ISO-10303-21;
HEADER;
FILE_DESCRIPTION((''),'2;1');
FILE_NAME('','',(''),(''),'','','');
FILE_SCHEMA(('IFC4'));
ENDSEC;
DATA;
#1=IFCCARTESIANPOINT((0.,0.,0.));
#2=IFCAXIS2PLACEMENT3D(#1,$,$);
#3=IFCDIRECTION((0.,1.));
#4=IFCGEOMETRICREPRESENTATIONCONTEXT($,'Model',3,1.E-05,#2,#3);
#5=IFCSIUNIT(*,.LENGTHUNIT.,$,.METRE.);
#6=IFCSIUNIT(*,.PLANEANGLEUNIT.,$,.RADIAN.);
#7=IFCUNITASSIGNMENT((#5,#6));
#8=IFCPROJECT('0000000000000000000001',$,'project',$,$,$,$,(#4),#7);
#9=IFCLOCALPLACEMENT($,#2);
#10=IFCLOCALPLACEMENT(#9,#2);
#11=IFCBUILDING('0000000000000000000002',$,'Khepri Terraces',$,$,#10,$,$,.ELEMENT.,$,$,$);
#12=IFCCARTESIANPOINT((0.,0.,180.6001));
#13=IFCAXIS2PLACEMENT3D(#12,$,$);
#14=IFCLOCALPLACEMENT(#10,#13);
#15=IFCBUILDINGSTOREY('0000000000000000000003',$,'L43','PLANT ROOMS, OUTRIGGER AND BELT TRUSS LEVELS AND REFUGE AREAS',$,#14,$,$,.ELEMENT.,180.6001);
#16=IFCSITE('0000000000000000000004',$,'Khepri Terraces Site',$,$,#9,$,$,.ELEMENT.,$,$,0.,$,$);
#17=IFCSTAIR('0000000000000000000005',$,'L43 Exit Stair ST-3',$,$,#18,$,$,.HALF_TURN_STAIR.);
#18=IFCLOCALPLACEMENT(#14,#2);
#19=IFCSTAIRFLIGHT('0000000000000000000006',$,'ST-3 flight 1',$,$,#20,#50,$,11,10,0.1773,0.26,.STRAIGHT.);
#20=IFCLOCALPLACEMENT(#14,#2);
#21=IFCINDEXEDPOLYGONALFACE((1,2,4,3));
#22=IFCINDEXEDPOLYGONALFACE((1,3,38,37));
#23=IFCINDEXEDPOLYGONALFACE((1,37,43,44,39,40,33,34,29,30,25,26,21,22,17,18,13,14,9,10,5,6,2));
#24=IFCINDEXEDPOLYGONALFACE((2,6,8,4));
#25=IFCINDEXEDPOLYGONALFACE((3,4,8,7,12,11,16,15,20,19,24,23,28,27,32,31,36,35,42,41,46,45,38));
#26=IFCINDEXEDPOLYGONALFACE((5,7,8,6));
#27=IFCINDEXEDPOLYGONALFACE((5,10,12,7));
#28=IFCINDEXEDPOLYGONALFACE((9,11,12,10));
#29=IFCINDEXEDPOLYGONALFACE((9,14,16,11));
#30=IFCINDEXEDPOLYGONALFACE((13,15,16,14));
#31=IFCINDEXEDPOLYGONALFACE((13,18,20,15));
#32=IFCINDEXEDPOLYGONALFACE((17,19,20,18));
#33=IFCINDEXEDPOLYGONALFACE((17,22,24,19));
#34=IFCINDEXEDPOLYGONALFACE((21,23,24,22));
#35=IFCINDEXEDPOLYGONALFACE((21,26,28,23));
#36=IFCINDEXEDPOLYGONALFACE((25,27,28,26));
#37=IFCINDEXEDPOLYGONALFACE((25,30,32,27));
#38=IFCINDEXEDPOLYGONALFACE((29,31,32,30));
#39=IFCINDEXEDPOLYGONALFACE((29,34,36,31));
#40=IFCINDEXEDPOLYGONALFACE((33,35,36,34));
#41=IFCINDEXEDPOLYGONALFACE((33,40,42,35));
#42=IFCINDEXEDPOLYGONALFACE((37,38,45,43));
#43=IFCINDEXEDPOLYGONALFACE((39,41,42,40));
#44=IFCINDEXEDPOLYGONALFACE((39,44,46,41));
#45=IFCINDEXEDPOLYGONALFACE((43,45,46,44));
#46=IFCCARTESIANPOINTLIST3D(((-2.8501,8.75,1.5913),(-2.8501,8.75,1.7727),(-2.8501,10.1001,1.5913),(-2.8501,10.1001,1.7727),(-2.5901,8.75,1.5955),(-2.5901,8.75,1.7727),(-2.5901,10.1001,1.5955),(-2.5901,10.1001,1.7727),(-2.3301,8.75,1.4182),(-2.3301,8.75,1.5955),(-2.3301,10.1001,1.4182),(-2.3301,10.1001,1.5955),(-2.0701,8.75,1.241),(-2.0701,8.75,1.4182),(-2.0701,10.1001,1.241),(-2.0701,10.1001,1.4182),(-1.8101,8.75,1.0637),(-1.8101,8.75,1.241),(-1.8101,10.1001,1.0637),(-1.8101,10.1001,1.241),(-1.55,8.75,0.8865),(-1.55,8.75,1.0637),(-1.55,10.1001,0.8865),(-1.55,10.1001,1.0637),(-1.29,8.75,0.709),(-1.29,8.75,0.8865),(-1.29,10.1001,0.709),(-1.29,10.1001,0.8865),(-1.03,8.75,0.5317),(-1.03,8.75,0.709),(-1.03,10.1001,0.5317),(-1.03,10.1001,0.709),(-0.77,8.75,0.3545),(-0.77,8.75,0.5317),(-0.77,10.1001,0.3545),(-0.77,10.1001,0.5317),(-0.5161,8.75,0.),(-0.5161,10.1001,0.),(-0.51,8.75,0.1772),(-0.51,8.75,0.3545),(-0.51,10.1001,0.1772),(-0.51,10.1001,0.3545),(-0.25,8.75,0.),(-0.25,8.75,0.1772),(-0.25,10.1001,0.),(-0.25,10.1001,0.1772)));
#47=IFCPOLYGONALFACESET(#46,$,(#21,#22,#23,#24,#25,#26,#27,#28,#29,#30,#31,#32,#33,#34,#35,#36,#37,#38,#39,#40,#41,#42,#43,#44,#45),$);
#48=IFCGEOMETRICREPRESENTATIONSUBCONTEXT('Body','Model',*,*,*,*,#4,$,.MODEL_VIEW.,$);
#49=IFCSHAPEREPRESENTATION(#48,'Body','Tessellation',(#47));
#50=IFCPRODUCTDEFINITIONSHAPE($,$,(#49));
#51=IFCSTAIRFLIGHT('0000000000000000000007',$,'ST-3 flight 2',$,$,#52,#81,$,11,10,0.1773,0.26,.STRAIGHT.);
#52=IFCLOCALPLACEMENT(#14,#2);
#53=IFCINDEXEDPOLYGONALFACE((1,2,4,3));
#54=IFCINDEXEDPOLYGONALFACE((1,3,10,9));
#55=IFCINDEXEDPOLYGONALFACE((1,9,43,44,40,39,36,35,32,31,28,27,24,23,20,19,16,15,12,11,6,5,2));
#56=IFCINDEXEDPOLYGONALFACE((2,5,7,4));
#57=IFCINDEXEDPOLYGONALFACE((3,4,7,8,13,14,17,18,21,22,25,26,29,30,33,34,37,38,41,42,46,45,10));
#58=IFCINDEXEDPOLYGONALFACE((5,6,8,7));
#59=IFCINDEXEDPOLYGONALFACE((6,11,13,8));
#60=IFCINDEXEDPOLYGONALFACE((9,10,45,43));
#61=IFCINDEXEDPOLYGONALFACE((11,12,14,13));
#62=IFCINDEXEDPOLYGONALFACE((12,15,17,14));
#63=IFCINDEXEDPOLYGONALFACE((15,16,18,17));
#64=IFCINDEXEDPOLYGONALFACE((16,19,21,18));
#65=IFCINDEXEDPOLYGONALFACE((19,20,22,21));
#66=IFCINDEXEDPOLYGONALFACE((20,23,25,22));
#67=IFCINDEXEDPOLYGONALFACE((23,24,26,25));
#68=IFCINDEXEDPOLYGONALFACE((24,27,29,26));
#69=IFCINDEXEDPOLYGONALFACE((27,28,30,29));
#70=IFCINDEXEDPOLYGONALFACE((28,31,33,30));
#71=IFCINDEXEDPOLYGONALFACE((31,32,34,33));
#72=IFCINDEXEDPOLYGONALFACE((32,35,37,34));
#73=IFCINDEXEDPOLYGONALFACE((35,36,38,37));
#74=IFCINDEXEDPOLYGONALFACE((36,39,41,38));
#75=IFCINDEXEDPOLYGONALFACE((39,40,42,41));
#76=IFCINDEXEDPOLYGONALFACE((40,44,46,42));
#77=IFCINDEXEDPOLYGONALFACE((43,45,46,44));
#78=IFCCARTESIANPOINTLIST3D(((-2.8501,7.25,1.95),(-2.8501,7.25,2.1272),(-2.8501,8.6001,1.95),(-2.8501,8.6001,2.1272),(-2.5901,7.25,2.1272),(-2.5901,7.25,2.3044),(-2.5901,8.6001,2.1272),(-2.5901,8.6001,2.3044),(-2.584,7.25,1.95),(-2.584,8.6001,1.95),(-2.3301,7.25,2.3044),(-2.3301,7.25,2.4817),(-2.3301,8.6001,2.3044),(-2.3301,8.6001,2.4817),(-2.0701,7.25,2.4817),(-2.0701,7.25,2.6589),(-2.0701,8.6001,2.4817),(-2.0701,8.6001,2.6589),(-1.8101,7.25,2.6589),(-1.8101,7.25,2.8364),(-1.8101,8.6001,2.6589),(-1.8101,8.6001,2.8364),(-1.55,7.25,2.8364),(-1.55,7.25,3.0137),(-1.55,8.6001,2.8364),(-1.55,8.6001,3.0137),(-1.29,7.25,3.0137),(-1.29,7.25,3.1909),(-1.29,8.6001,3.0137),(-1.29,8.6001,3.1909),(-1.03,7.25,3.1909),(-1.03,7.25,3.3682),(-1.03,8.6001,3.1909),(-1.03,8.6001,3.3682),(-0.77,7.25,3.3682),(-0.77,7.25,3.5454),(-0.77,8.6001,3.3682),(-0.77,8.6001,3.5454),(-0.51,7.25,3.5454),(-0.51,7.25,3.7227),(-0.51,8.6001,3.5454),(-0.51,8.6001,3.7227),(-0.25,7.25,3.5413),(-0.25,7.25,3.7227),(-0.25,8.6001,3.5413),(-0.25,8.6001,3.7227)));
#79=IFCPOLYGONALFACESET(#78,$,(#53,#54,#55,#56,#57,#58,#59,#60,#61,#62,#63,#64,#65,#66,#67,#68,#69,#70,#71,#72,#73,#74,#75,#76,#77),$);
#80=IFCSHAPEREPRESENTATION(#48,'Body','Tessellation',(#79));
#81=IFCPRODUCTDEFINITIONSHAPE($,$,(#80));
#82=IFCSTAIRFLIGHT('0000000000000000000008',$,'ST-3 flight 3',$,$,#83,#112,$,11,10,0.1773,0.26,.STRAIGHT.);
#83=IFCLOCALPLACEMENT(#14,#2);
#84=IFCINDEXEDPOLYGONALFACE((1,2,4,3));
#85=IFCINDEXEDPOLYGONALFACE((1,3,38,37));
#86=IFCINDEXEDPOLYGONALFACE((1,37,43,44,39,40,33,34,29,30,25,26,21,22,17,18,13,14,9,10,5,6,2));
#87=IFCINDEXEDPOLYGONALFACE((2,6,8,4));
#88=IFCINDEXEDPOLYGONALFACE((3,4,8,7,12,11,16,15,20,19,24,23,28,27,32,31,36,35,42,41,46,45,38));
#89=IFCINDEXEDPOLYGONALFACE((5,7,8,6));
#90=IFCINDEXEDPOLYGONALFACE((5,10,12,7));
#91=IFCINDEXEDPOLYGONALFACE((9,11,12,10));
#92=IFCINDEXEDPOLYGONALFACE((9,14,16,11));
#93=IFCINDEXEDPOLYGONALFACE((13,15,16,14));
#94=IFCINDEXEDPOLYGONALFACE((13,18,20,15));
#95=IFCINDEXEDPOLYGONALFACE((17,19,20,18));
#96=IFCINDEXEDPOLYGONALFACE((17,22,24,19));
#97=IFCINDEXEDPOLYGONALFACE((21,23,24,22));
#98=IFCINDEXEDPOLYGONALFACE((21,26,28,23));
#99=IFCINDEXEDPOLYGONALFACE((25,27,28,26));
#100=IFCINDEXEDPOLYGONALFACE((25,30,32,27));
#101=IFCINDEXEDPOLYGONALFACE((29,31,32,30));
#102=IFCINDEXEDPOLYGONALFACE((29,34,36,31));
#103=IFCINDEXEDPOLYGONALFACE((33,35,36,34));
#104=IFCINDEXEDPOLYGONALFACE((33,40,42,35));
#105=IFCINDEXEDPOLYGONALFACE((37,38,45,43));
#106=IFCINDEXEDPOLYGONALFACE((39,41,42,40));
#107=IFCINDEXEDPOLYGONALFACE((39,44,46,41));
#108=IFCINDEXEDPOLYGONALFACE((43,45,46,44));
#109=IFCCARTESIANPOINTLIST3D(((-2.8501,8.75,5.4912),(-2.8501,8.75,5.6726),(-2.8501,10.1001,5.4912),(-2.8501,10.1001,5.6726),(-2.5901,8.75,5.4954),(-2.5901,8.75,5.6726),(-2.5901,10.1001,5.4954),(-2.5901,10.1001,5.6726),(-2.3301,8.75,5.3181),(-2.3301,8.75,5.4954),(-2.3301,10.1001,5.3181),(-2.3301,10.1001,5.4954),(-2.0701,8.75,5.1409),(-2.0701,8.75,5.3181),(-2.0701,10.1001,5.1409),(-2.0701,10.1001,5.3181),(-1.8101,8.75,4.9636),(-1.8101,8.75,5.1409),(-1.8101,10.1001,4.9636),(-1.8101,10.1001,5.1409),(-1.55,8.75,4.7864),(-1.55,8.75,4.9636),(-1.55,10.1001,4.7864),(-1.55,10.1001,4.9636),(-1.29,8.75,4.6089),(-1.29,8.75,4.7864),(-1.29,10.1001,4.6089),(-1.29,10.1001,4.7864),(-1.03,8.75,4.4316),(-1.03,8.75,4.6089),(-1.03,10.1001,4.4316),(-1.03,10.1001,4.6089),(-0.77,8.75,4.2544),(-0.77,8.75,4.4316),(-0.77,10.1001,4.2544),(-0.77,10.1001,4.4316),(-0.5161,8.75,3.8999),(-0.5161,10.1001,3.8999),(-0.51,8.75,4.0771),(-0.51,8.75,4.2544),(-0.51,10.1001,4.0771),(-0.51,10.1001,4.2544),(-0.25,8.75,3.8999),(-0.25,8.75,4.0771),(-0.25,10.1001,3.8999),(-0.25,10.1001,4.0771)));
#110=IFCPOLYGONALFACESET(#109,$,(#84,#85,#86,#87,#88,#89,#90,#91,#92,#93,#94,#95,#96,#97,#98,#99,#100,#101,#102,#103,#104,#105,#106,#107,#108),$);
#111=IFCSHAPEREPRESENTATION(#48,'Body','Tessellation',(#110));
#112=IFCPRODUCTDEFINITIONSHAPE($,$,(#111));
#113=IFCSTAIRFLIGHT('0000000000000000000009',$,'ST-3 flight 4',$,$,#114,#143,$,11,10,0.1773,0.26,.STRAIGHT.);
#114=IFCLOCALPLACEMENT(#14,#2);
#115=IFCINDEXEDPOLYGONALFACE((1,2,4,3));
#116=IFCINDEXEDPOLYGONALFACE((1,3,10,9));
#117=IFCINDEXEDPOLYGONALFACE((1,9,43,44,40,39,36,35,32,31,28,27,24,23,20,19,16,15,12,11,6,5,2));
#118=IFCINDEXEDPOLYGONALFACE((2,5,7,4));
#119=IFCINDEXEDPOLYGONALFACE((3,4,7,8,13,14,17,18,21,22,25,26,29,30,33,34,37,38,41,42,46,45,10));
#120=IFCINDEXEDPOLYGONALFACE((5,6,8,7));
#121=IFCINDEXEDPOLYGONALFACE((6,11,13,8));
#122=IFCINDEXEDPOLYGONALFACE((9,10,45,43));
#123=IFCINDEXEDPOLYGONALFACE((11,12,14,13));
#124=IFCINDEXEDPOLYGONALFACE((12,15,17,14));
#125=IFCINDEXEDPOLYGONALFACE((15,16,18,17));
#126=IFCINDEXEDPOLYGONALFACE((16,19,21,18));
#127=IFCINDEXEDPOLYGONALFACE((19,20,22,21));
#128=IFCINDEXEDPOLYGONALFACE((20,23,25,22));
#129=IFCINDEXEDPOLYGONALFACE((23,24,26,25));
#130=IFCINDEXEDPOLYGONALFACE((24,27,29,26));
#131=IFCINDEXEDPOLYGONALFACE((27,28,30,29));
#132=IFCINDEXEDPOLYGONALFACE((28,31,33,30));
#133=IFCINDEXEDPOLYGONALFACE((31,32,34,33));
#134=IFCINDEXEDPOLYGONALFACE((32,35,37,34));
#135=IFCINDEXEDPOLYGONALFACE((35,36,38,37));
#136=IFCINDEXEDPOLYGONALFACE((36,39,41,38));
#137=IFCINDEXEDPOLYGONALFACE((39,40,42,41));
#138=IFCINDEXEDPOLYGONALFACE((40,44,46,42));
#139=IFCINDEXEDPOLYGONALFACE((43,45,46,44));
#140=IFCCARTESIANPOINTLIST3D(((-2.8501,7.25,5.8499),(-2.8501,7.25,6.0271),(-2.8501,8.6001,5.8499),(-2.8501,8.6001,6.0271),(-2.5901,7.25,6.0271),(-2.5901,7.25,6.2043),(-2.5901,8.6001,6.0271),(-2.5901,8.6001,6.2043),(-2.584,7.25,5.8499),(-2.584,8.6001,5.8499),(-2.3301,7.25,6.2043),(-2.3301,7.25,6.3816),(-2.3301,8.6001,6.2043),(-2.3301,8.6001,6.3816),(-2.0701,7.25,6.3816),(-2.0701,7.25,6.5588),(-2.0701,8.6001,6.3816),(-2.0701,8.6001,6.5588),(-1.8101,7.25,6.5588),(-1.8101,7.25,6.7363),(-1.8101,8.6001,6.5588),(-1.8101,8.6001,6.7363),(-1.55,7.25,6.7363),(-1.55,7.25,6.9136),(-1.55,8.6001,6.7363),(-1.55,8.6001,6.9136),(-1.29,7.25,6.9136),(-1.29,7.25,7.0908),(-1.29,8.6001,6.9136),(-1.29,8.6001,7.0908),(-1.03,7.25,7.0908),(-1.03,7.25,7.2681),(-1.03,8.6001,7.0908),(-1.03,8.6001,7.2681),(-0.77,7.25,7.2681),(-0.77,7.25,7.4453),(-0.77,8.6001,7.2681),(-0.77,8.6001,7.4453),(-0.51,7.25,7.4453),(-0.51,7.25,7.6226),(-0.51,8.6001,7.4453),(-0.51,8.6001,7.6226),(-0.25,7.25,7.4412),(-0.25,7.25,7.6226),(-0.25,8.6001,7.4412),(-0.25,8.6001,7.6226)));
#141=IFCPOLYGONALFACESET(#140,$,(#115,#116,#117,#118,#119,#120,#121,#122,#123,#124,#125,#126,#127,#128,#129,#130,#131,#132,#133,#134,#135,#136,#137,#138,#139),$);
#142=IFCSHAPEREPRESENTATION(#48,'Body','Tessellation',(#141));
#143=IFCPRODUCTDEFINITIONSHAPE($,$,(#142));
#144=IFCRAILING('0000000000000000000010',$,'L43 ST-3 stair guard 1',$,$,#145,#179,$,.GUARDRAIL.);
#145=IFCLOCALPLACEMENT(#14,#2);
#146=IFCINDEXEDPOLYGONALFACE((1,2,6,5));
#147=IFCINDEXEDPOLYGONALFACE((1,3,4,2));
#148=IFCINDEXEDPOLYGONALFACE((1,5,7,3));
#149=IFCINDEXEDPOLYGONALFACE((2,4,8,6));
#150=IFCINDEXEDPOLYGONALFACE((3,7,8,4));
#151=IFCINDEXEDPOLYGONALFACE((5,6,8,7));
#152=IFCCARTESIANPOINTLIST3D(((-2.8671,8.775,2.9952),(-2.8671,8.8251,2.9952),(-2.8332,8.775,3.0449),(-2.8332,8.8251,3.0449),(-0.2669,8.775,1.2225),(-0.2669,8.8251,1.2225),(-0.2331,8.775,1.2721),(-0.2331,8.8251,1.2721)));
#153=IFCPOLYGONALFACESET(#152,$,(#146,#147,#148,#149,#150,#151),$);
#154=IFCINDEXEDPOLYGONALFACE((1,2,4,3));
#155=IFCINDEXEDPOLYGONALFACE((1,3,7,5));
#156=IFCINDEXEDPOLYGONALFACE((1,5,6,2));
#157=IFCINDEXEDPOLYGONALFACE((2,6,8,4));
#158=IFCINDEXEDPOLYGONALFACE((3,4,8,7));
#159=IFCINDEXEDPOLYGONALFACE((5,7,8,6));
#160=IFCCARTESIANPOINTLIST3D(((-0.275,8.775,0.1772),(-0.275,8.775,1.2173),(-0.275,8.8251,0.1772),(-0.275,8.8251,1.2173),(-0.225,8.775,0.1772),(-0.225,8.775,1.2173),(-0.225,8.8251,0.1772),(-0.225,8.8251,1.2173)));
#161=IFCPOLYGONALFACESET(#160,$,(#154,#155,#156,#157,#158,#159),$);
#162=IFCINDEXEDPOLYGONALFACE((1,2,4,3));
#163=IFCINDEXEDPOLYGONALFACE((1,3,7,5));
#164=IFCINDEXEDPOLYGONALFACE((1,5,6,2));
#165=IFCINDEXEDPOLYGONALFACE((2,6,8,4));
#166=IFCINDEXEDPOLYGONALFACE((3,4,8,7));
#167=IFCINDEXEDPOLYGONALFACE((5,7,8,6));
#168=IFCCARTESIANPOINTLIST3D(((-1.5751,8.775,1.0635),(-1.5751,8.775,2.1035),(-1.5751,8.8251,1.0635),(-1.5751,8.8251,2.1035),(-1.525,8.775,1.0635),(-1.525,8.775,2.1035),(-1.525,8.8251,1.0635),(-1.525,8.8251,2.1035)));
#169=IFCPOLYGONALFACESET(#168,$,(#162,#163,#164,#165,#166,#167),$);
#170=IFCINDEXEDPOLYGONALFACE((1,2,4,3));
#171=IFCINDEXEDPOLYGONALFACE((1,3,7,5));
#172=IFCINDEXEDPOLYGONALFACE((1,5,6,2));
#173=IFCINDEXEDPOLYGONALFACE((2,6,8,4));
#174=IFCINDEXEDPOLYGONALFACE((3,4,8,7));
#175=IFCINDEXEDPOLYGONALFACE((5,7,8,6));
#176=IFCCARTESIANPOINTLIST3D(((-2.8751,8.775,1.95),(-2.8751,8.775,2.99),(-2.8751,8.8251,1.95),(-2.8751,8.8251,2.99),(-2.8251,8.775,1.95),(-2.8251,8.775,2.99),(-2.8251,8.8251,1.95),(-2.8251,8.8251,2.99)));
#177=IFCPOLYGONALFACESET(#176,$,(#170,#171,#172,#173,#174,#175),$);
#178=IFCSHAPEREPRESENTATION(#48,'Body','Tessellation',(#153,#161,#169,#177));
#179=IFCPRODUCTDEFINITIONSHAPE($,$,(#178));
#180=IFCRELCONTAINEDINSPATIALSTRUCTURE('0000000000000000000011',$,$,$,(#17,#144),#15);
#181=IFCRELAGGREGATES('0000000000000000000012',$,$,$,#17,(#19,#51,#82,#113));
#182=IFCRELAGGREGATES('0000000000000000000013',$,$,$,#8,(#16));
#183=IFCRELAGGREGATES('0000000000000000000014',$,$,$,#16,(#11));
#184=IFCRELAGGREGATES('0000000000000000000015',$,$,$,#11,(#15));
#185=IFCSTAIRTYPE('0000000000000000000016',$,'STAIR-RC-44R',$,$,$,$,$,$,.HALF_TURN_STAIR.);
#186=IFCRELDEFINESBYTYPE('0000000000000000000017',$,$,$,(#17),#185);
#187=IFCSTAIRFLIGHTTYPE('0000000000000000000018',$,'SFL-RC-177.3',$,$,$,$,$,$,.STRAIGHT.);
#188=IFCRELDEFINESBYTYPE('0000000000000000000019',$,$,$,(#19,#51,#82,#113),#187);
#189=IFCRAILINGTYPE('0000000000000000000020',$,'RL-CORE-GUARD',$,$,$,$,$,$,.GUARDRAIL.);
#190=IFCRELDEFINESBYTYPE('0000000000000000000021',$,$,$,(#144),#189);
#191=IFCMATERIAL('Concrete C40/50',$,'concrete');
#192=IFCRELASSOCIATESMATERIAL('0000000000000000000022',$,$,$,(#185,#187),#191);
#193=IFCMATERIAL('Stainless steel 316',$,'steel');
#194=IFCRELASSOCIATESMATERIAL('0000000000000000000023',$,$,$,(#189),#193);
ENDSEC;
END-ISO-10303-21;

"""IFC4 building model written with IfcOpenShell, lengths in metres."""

from ifc_helpers import new_model, si_unit, direction, frame, origin, origin_2d, place, context, subcontext, project, spatial, polyline, rectangle, outline, extrude, material, type_object, element, aggregate, save


model = new_model("IFC4")

# Units and contexts
model_context = context("Model", 3, precision=1e-05, world=origin(), true_north=direction((0.0, 1.0)))
body_context = subcontext(model_context, "Body", "Model", "MODEL_VIEW")
ifc_project = project(units=[si_unit("LENGTHUNIT", "METRE"), si_unit("PLANEANGLEUNIT", "RADIAN")], contexts=[model_context])

# Site, building, storey
site_placement = place(None, origin())
site = spatial("IfcSite", under=ifc_project, at=site_placement, Name="Khepri Terraces Site", CompositionType="ELEMENT", RefElevation=0.0)
building_placement = place(site_placement, origin())
building = spatial("IfcBuilding", under=site, at=building_placement, Name="Khepri Terraces", CompositionType="ELEMENT")
storey_placement = place(building_placement, frame((0.0, 0.0, 180.6001)))
storey = spatial("IfcBuildingStorey", under=building, at=storey_placement, Name="L43", Description="PLANT ROOMS, OUTRIGGER AND BELT TRUSS LEVELS AND REFUGE AREAS", CompositionType="ELEMENT", Elevation=180.6001)

# Stair, stair flights
ifc_material_1 = material(Name="Concrete C40/50", Category="concrete")
stair_type = type_object("IfcStairType", Name="STAIR-RC-44R", PredefinedType="HALF_TURN_STAIR", material=ifc_material_1)
stair_placement = place(storey_placement, origin())
stair = element("IfcStair", 1, at=stair_placement, inside=storey, type_object=stair_type, Name="L43 Exit Stair ST-3", PredefinedType="HALF_TURN_STAIR")
stair_flight_type = type_object("IfcStairFlightType", Name="SFL-RC-177.3", PredefinedType="STRAIGHT", material=ifc_material_1)
stair_flight_1_placement = place(storey_placement, frame((-0.25, 9.425, 0.0), z_axis=(0.0, 0.0, 1.0), x_axis=(-1.0, 0.0, 0.0)))
stair_flight_1 = element("IfcStairFlight", 2, at=stair_flight_1_placement, type_object=stair_flight_type, Name="ST-3 flight 1", NumberOfRisers=11, NumberOfTreads=10, PredefinedType="STRAIGHT", RiserHeight=0.1773, TreadLength=0.26, context=body_context, shape_type="SweptSolid", body=[
    extrude(outline(polyline([(0.0, 0.0), (0.0, 0.1772), (0.26, 0.1772), (0.26, 0.3545), (0.52, 0.3545), (0.52, 0.5317), (0.78, 0.5317), (0.78, 0.709), (1.04, 0.709), (1.04, 0.8865), (1.3, 0.8865), (1.3, 1.0637), (1.5601, 1.0637), (1.5601, 1.241), (1.8201, 1.241), (1.8201, 1.4182), (2.0801, 1.4182), (2.0801, 1.5955), (2.3401, 1.5955), (2.3401, 1.7727), (2.6001, 1.7727), (2.6001, 1.95), (2.6001, 1.5913), (0.2661, 0.0), (0.0, 0.0)])), frame((0.0, 0.675, 0.0), z_axis=(0.0, -1.0, 0.0), x_axis=(1.0, 0.0, 0.0)), (0.0, 0.0, 1.0), 1.3501),
])
stair_flight_2_placement = place(storey_placement, frame((-2.8501, 7.925, 1.95), z_axis=(0.0, 0.0, 1.0), x_axis=(1.0, 0.0, 0.0)))
stair_flight_2 = element("IfcStairFlight", 3, at=stair_flight_2_placement, type_object=stair_flight_type, Name="ST-3 flight 2", NumberOfRisers=11, NumberOfTreads=10, PredefinedType="STRAIGHT", RiserHeight=0.1773, TreadLength=0.26, context=body_context, shape_type="SweptSolid", body=[
    extrude(outline(polyline([(0.0, 0.0), (0.0, 0.1772), (0.26, 0.1772), (0.26, 0.3545), (0.52, 0.3545), (0.52, 0.5317), (0.78, 0.5317), (0.78, 0.709), (1.04, 0.709), (1.04, 0.8865), (1.3, 0.8865), (1.3, 1.0637), (1.5601, 1.0637), (1.5601, 1.241), (1.8201, 1.241), (1.8201, 1.4182), (2.0801, 1.4182), (2.0801, 1.5955), (2.3401, 1.5955), (2.3401, 1.7727), (2.6001, 1.7727), (2.6001, 1.95), (2.6001, 1.5913), (0.2661, 0.0), (0.0, 0.0)])), frame((0.0, 0.675, 0.0), z_axis=(0.0, -1.0, 0.0), x_axis=(1.0, 0.0, 0.0)), (0.0, 0.0, 1.0), 1.3501),
])
stair_flight_3_placement = place(storey_placement, frame((-0.25, 9.425, 3.8999), z_axis=(0.0, 0.0, 1.0), x_axis=(-1.0, 0.0, 0.0)))
stair_flight_3 = element("IfcStairFlight", 4, at=stair_flight_3_placement, type_object=stair_flight_type, Name="ST-3 flight 3", NumberOfRisers=11, NumberOfTreads=10, PredefinedType="STRAIGHT", RiserHeight=0.1773, TreadLength=0.26, context=body_context, shape_type="SweptSolid", body=[
    extrude(outline(polyline([(0.0, 0.0), (0.0, 0.1772), (0.26, 0.1772), (0.26, 0.3545), (0.52, 0.3545), (0.52, 0.5317), (0.78, 0.5317), (0.78, 0.709), (1.04, 0.709), (1.04, 0.8865), (1.3, 0.8865), (1.3, 1.0637), (1.5601, 1.0637), (1.5601, 1.241), (1.8201, 1.241), (1.8201, 1.4182), (2.0801, 1.4182), (2.0801, 1.5955), (2.3401, 1.5955), (2.3401, 1.7727), (2.6001, 1.7727), (2.6001, 1.95), (2.6001, 1.5913), (0.2661, 0.0), (0.0, 0.0)])), frame((0.0, 0.675, 0.0), z_axis=(0.0, -1.0, 0.0), x_axis=(1.0, 0.0, 0.0)), (0.0, 0.0, 1.0), 1.3501),
])
stair_flight_4_placement = place(storey_placement, frame((-2.8501, 7.925, 5.8499), z_axis=(0.0, 0.0, 1.0), x_axis=(1.0, 0.0, 0.0)))
stair_flight_4 = element("IfcStairFlight", 5, at=stair_flight_4_placement, type_object=stair_flight_type, Name="ST-3 flight 4", NumberOfRisers=11, NumberOfTreads=10, PredefinedType="STRAIGHT", RiserHeight=0.1773, TreadLength=0.26, context=body_context, shape_type="SweptSolid", body=[
    extrude(outline(polyline([(0.0, 0.0), (0.0, 0.1772), (0.26, 0.1772), (0.26, 0.3545), (0.52, 0.3545), (0.52, 0.5317), (0.78, 0.5317), (0.78, 0.709), (1.04, 0.709), (1.04, 0.8865), (1.3, 0.8865), (1.3, 1.0637), (1.5601, 1.0637), (1.5601, 1.241), (1.8201, 1.241), (1.8201, 1.4182), (2.0801, 1.4182), (2.0801, 1.5955), (2.3401, 1.5955), (2.3401, 1.7727), (2.6001, 1.7727), (2.6001, 1.95), (2.6001, 1.5913), (0.2661, 0.0), (0.0, 0.0)])), frame((0.0, 0.675, 0.0), z_axis=(0.0, -1.0, 0.0), x_axis=(1.0, 0.0, 0.0)), (0.0, 0.0, 1.0), 1.3501),
])
aggregate(stair, [stair_flight_1, stair_flight_2, stair_flight_3, stair_flight_4])

# Railing
ifc_material_2 = material(Name="Stainless steel 316", Category="steel")
railing_type_1 = type_object("IfcRailingType", Name="RL-CORE-GUARD", PredefinedType="GUARDRAIL", material=ifc_material_2)
railing_1_placement = place(storey_placement, frame((-0.25, 8.8, 0.1772)))
element("IfcRailing", 6, at=railing_1_placement, inside=storey, type_object=railing_type_1, Name="L43 ST-3 stair guard 1", PredefinedType="GUARDRAIL", context=body_context, shape_type="SweptSolid", body=[
    extrude(rectangle(XDim=0.05, YDim=0.0601, at=origin_2d()), frame((0.0, 0.0, 1.0701), z_axis=(-0.82624, 0.0, 0.563318), x_axis=(0.0, -1.0, 0.0)), (0.0, 0.0, 1.0), 3.147),
    extrude(rectangle(XDim=0.05, YDim=0.05, at=origin_2d()), origin(), (0.0, 0.0, 1.0), 1.04),
    extrude(rectangle(XDim=0.05, YDim=0.05, at=origin_2d()), frame((-1.3, 0.0, 0.8862)), (0.0, 0.0, 1.0), 1.04),
    extrude(rectangle(XDim=0.05, YDim=0.05, at=origin_2d()), frame((-2.6001, 0.0, 1.7727)), (0.0, 0.0, 1.0), 1.04),
])

save(model, "model.ifc")
